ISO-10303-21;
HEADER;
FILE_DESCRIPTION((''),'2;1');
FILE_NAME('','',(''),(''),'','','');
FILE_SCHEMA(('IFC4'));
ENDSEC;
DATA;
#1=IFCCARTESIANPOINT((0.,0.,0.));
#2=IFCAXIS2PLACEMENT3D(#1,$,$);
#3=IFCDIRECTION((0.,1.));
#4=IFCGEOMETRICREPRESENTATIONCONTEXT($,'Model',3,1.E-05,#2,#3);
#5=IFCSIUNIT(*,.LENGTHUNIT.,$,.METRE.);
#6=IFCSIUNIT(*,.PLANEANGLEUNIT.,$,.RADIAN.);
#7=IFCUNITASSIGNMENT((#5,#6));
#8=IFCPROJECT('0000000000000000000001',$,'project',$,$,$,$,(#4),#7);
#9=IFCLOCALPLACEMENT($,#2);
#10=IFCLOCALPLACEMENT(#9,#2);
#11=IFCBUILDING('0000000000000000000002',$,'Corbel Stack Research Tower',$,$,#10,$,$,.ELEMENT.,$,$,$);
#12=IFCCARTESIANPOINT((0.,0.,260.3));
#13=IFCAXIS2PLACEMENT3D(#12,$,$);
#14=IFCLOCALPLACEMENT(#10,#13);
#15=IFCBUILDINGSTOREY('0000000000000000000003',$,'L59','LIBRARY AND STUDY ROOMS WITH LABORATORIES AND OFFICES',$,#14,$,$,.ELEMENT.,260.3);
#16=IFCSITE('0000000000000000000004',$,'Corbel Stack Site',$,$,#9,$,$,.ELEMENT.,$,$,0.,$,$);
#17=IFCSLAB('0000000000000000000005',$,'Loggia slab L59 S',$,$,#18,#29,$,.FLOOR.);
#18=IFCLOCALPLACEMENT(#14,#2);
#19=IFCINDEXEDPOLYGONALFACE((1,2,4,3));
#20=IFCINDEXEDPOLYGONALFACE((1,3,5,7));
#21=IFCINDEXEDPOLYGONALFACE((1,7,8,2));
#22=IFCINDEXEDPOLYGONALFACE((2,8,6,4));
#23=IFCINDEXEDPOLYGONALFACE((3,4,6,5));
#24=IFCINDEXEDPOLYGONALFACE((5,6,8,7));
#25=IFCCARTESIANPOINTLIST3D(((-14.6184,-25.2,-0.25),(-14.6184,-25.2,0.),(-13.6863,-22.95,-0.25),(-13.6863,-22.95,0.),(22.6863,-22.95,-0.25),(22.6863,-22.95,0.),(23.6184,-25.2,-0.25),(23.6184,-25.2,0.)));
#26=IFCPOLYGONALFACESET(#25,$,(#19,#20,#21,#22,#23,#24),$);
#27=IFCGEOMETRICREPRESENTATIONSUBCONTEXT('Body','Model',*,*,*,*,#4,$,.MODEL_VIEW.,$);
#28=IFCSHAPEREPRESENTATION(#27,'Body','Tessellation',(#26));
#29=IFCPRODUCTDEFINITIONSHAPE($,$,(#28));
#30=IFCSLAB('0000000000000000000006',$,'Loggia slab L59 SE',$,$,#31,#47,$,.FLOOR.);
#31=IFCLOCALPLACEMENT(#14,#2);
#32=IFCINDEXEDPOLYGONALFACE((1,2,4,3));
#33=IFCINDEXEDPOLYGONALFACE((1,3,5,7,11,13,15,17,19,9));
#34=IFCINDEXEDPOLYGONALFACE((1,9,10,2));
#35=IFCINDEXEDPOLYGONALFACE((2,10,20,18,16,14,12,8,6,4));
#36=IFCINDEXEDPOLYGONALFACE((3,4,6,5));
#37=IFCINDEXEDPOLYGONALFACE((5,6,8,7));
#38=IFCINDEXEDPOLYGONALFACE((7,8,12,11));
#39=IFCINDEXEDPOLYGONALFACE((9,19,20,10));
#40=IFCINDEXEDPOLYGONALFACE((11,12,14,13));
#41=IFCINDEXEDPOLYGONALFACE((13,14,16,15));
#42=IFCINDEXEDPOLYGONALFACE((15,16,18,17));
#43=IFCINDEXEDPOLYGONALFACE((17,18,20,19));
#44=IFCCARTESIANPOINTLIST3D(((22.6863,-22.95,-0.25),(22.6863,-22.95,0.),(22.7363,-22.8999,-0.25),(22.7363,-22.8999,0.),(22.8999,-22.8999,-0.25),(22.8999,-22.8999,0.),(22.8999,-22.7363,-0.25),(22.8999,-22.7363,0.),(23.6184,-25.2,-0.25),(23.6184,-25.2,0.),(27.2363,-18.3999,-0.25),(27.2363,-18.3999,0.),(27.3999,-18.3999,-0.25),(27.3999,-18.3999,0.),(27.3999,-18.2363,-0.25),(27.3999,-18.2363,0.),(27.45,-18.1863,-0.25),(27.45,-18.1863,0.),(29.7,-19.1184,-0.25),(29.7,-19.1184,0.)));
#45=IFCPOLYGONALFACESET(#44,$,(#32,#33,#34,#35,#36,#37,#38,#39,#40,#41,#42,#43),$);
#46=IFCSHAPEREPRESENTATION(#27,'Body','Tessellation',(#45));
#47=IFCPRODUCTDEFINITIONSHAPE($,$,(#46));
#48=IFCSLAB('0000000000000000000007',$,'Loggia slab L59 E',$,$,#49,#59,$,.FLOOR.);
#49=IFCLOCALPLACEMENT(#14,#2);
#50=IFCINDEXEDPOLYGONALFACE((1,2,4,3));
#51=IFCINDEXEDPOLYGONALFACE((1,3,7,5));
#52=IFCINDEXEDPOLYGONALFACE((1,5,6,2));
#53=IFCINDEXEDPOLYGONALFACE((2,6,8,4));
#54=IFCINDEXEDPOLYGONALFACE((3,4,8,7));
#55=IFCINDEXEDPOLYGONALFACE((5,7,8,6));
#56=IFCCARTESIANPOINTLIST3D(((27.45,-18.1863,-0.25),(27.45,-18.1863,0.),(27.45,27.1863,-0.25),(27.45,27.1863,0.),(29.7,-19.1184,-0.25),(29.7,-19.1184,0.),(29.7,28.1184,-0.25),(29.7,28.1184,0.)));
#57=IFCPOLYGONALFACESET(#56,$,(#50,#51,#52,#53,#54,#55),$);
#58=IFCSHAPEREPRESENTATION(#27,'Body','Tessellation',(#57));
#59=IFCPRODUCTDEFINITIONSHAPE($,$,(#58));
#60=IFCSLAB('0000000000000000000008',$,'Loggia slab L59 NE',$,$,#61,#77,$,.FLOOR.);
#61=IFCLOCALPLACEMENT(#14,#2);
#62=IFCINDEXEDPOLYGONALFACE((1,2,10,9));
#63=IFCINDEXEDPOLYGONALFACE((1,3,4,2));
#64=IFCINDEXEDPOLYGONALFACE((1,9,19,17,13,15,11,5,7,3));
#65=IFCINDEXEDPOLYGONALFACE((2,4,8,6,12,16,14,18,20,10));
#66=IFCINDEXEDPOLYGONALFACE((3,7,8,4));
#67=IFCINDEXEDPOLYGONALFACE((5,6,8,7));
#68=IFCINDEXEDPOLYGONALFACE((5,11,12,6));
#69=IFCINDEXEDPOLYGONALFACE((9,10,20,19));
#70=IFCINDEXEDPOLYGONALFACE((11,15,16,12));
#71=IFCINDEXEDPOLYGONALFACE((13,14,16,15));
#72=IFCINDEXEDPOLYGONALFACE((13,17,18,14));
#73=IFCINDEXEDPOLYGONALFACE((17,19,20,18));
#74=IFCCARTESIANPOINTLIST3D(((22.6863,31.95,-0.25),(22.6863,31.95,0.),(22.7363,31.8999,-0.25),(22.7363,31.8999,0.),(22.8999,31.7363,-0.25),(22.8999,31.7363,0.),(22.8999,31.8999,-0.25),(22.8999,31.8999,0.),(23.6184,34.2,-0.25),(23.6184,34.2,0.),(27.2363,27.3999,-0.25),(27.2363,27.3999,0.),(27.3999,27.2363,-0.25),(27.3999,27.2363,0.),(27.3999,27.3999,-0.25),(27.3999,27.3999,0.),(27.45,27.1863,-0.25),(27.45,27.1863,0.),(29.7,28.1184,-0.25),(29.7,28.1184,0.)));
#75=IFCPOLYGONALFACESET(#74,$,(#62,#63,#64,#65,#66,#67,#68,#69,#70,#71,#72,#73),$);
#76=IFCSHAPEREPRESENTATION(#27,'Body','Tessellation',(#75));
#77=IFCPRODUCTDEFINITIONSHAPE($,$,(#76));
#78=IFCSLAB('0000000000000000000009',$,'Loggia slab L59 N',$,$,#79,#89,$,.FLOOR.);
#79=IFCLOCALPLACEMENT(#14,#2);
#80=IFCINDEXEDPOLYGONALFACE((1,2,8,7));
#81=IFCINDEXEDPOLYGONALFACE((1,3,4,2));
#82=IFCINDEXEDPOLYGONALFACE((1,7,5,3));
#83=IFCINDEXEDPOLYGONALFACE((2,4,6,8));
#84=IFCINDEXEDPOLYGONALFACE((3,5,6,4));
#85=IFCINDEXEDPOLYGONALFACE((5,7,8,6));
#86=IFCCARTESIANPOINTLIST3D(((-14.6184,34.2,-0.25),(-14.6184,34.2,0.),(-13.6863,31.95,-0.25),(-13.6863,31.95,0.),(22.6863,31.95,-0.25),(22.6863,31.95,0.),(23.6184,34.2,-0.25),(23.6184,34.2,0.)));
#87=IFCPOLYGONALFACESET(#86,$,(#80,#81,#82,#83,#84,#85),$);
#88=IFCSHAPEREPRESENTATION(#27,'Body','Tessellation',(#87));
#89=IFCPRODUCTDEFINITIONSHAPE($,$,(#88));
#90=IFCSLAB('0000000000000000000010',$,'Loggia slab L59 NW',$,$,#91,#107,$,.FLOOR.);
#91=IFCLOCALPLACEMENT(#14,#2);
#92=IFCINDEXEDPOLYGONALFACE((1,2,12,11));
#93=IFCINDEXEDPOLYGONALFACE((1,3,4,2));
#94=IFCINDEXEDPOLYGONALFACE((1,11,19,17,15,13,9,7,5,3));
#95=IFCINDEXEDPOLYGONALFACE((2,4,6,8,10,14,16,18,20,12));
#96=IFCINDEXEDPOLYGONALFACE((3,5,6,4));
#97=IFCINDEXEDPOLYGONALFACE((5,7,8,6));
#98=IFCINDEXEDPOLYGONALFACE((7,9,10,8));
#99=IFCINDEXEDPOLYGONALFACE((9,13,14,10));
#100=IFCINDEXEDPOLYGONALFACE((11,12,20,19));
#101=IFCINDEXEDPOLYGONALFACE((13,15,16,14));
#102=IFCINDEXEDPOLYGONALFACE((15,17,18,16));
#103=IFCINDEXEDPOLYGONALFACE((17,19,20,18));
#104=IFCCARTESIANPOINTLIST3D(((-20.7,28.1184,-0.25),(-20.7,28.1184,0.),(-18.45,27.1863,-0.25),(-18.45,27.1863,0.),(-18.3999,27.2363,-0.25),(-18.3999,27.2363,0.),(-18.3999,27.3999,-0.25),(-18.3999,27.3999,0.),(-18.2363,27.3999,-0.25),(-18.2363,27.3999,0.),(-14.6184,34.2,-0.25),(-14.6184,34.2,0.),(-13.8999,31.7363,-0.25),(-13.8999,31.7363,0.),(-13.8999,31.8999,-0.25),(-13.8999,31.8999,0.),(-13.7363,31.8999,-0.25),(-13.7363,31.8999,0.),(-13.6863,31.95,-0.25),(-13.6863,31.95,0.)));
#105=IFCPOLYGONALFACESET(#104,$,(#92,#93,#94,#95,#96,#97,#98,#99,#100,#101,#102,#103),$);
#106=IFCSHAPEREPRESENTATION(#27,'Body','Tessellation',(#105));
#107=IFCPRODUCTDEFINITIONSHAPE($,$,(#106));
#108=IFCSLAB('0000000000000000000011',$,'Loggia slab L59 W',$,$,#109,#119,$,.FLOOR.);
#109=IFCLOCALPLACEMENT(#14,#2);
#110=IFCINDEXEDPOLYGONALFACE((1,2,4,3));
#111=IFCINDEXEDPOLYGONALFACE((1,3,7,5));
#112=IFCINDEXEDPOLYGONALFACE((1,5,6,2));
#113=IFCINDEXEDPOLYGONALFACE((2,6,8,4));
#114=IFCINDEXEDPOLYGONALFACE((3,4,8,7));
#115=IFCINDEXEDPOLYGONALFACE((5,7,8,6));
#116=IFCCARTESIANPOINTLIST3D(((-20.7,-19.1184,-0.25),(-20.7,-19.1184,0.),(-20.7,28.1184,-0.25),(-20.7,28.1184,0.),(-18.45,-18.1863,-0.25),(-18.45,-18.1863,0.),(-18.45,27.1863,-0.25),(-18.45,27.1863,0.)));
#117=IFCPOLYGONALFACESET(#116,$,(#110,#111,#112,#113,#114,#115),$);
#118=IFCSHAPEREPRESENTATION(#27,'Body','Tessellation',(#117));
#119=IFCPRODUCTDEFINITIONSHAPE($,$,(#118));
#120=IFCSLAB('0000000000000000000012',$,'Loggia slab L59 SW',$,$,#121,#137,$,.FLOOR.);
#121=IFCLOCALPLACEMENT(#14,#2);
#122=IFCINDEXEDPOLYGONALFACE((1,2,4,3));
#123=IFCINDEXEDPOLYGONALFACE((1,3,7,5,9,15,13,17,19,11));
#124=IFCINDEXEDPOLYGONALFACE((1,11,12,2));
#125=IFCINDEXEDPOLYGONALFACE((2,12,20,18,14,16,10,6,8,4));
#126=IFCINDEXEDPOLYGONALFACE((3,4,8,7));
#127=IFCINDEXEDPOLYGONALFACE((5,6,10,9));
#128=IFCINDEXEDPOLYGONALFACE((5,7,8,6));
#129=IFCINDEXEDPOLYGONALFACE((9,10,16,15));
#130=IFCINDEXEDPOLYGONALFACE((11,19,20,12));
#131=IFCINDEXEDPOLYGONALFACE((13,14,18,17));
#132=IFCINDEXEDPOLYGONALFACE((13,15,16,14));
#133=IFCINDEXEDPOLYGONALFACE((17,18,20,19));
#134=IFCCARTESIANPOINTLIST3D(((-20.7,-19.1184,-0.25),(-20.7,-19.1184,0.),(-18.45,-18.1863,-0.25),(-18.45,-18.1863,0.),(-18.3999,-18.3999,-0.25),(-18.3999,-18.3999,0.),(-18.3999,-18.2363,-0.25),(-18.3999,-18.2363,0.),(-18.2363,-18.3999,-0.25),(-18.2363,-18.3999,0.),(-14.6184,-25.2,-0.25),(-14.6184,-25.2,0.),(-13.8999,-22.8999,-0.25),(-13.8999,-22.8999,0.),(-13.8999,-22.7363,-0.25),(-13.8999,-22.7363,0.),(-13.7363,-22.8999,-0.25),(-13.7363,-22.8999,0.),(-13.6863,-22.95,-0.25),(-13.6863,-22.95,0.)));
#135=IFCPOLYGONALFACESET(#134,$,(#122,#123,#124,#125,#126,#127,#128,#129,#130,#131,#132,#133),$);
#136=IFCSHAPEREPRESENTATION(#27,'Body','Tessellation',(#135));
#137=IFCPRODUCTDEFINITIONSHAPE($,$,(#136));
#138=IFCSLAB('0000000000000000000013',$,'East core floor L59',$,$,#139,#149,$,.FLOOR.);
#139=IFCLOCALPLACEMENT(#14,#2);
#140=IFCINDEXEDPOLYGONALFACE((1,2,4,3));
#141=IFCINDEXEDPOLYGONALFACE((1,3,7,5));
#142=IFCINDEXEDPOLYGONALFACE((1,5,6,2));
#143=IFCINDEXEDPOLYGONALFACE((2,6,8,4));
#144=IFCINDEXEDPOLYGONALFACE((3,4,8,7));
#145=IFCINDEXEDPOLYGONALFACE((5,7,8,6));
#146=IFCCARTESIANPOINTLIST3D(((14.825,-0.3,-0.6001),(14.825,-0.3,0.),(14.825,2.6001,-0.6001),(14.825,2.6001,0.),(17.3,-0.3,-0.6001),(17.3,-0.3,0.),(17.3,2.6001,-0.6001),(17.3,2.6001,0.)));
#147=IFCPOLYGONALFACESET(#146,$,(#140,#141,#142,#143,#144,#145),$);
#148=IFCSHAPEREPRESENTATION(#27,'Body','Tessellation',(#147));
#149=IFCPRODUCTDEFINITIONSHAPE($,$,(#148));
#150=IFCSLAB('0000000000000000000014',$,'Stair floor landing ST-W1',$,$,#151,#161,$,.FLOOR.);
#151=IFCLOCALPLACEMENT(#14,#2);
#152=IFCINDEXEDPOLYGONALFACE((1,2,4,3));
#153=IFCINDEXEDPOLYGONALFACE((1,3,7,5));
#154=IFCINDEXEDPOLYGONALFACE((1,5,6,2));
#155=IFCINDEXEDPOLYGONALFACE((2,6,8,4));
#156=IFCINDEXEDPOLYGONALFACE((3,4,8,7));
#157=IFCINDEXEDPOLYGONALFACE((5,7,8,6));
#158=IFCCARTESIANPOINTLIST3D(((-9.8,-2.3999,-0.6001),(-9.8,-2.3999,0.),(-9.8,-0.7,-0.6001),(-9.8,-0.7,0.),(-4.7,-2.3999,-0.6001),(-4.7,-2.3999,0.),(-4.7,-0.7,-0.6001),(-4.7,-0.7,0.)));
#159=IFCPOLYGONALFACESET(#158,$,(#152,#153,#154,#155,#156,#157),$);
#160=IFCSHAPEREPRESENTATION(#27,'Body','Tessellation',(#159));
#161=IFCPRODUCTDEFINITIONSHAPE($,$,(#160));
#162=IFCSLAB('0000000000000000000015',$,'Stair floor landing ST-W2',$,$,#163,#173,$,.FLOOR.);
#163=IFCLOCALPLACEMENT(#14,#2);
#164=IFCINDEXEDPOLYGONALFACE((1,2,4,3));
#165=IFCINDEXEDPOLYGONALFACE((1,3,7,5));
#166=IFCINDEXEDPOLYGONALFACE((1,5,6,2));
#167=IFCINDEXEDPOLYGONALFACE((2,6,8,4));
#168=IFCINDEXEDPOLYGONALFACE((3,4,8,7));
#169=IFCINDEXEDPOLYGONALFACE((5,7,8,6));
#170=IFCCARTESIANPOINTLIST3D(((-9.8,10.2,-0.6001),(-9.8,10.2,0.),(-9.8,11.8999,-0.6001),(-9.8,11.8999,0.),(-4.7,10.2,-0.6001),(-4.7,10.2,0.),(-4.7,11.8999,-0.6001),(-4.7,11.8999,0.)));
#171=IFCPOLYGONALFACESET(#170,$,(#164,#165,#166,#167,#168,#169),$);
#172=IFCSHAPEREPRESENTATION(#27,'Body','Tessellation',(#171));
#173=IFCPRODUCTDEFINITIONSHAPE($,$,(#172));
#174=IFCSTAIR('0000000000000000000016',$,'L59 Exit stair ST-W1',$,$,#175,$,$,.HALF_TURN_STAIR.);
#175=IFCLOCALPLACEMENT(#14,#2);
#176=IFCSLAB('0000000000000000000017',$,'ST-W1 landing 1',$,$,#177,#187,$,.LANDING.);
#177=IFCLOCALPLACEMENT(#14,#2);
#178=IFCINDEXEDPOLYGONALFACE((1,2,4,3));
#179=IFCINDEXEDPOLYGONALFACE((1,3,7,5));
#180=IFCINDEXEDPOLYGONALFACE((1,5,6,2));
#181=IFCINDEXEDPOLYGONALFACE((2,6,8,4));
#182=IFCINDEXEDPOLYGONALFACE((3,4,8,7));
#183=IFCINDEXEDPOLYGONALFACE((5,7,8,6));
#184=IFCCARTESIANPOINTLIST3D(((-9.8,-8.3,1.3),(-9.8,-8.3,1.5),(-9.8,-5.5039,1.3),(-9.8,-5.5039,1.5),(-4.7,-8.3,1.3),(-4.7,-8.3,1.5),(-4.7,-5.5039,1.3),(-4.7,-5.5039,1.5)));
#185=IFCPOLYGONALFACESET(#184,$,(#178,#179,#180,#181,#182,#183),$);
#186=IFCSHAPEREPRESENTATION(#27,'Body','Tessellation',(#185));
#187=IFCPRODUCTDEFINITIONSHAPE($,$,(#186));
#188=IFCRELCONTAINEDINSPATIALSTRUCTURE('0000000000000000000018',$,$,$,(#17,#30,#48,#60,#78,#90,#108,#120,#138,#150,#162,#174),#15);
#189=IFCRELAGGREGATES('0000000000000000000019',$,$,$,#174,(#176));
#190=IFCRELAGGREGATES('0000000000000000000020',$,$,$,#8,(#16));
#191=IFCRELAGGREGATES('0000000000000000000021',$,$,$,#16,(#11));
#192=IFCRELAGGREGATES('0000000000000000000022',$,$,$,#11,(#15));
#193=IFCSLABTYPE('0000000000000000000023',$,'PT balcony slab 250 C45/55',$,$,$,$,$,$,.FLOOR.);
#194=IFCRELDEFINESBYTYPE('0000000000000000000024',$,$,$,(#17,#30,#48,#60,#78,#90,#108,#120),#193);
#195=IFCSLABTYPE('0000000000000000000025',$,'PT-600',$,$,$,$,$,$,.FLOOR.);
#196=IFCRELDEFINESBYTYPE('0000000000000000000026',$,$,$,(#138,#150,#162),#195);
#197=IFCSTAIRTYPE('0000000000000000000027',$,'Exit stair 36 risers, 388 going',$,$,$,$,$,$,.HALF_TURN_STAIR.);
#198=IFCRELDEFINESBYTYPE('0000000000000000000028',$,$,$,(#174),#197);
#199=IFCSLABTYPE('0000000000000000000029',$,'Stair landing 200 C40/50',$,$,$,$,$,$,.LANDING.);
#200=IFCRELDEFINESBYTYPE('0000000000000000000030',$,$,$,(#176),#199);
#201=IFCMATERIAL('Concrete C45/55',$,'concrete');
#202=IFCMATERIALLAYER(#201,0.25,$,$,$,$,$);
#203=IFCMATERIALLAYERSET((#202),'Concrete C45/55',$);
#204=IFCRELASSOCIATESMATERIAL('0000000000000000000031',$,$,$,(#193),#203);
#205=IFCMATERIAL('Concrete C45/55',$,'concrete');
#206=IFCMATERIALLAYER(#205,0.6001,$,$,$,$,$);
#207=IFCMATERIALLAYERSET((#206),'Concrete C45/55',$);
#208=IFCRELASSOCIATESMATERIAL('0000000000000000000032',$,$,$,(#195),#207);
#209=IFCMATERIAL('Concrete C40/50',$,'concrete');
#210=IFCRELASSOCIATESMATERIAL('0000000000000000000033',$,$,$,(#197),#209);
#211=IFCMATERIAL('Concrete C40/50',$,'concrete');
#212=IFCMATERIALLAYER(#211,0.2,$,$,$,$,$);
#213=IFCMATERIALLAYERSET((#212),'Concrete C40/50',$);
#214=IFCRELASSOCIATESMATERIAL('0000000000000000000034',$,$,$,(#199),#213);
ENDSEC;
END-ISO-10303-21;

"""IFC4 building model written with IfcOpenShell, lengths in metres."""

from ifc_helpers import new_model, si_unit, direction, frame, origin, place, context, subcontext, project, spatial, polyline, outline, extrude, material, layer, layer_set, type_object, element, aggregate, save


model = new_model("IFC4")

# Units and contexts
model_context = context("Model", 3, precision=1e-05, world=origin(), true_north=direction((0.0, 1.0)))
body_context = subcontext(model_context, "Body", "Model", "MODEL_VIEW")
ifc_project = project(units=[si_unit("LENGTHUNIT", "METRE"), si_unit("PLANEANGLEUNIT", "RADIAN")], contexts=[model_context])

# Site, building, storey
site_placement = place(None, origin())
site = spatial("IfcSite", under=ifc_project, at=site_placement, Name="Corbel Stack Site", CompositionType="ELEMENT", RefElevation=0.0)
building_placement = place(site_placement, origin())
building = spatial("IfcBuilding", under=site, at=building_placement, Name="Corbel Stack Research Tower", CompositionType="ELEMENT")
storey_placement = place(building_placement, frame((0.0, 0.0, 260.3)))
storey = spatial("IfcBuildingStorey", under=building, at=storey_placement, Name="L59", Description="LIBRARY AND STUDY ROOMS WITH LABORATORIES AND OFFICES", CompositionType="ELEMENT", Elevation=260.3)

# Slabs
ifc_material_1 = material(Name="Concrete C45/55", Category="concrete")
ifc_layer_1 = layer(ifc_material_1, 0.25)
ifc_layer_set_1 = layer_set([ifc_layer_1], Name="Concrete C45/55")
slab_type_1 = type_object("IfcSlabType", Name="PT balcony slab 250 C45/55", PredefinedType="FLOOR", material=ifc_layer_set_1)
slab_1_placement = place(storey_placement, frame((0.0, 0.0, -0.25)))
element("IfcSlab", 1, at=slab_1_placement, inside=storey, type_object=slab_type_1, Name="Loggia slab L59 S", PredefinedType="FLOOR", context=body_context, shape_type="SweptSolid", body=[
    extrude(outline(polyline([(22.6863, -22.95), (-13.6863, -22.95), (-14.6184, -25.2), (23.6184, -25.2), (22.6863, -22.95)])), origin(), (0.0, 0.0, 1.0), 0.25),
])
slab_2_placement = place(storey_placement, frame((0.0, 0.0, -0.25)))
element("IfcSlab", 2, at=slab_2_placement, inside=storey, type_object=slab_type_1, Name="Loggia slab L59 SE", PredefinedType="FLOOR", context=body_context, shape_type="SweptSolid", body=[
    extrude(outline(polyline([(27.45, -18.1863), (27.3999, -18.2363), (27.3999, -18.3999), (27.2363, -18.3999), (22.8999, -22.7363), (22.8999, -22.8999), (22.7363, -22.8999), (22.6863, -22.95), (23.6184, -25.2), (29.7, -19.1184), (27.45, -18.1863)])), origin(), (0.0, 0.0, 1.0), 0.25),
])
slab_3_placement = place(storey_placement, frame((0.0, 0.0, -0.25)))
element("IfcSlab", 3, at=slab_3_placement, inside=storey, type_object=slab_type_1, Name="Loggia slab L59 E", PredefinedType="FLOOR", context=body_context, shape_type="SweptSolid", body=[
    extrude(outline(polyline([(27.45, 27.1863), (27.45, -18.1863), (29.7, -19.1184), (29.7, 28.1184), (27.45, 27.1863)])), origin(), (0.0, 0.0, 1.0), 0.25),
])
slab_4_placement = place(storey_placement, frame((0.0, 0.0, -0.25)))
element("IfcSlab", 4, at=slab_4_placement, inside=storey, type_object=slab_type_1, Name="Loggia slab L59 NE", PredefinedType="FLOOR", context=body_context, shape_type="SweptSolid", body=[
    extrude(outline(polyline([(22.6863, 31.95), (22.7363, 31.8999), (22.8999, 31.8999), (22.8999, 31.7363), (27.2363, 27.3999), (27.3999, 27.3999), (27.3999, 27.2363), (27.45, 27.1863), (29.7, 28.1184), (23.6184, 34.2), (22.6863, 31.95)])), origin(), (0.0, 0.0, 1.0), 0.25),
])
slab_5_placement = place(storey_placement, frame((0.0, 0.0, -0.25)))
element("IfcSlab", 5, at=slab_5_placement, inside=storey, type_object=slab_type_1, Name="Loggia slab L59 N", PredefinedType="FLOOR", context=body_context, shape_type="SweptSolid", body=[
    extrude(outline(polyline([(-13.6863, 31.95), (22.6863, 31.95), (23.6184, 34.2), (-14.6184, 34.2), (-13.6863, 31.95)])), origin(), (0.0, 0.0, 1.0), 0.25),
])
slab_6_placement = place(storey_placement, frame((0.0, 0.0, -0.25)))
element("IfcSlab", 6, at=slab_6_placement, inside=storey, type_object=slab_type_1, Name="Loggia slab L59 NW", PredefinedType="FLOOR", context=body_context, shape_type="SweptSolid", body=[
    extrude(outline(polyline([(-18.45, 27.1863), (-18.3999, 27.2363), (-18.3999, 27.3999), (-18.2363, 27.3999), (-13.8999, 31.7363), (-13.8999, 31.8999), (-13.7363, 31.8999), (-13.6863, 31.95), (-14.6184, 34.2), (-20.7, 28.1184), (-18.45, 27.1863)])), origin(), (0.0, 0.0, 1.0), 0.25),
])
slab_7_placement = place(storey_placement, frame((0.0, 0.0, -0.25)))
element("IfcSlab", 7, at=slab_7_placement, inside=storey, type_object=slab_type_1, Name="Loggia slab L59 W", PredefinedType="FLOOR", context=body_context, shape_type="SweptSolid", body=[
    extrude(outline(polyline([(-18.45, -18.1863), (-18.45, 27.1863), (-20.7, 28.1184), (-20.7, -19.1184), (-18.45, -18.1863)])), origin(), (0.0, 0.0, 1.0), 0.25),
])
slab_8_placement = place(storey_placement, frame((0.0, 0.0, -0.25)))
element("IfcSlab", 8, at=slab_8_placement, inside=storey, type_object=slab_type_1, Name="Loggia slab L59 SW", PredefinedType="FLOOR", context=body_context, shape_type="SweptSolid", body=[
    extrude(outline(polyline([(-13.6863, -22.95), (-13.7363, -22.8999), (-13.8999, -22.8999), (-13.8999, -22.7363), (-18.2363, -18.3999), (-18.3999, -18.3999), (-18.3999, -18.2363), (-18.45, -18.1863), (-20.7, -19.1184), (-14.6184, -25.2), (-13.6863, -22.95)])), origin(), (0.0, 0.0, 1.0), 0.25),
])
ifc_material_2 = material(Name="Concrete C45/55", Category="concrete")
ifc_layer_2 = layer(ifc_material_2, 0.6001)
ifc_layer_set_2 = layer_set([ifc_layer_2], Name="Concrete C45/55")
slab_type_2 = type_object("IfcSlabType", Name="PT-600", PredefinedType="FLOOR", material=ifc_layer_set_2)
slab_9_placement = place(storey_placement, frame((0.0, 0.0, -0.6001)))
element("IfcSlab", 9, at=slab_9_placement, inside=storey, type_object=slab_type_2, Name="East core floor L59", PredefinedType="FLOOR", context=body_context, shape_type="SweptSolid", body=[
    extrude(outline(polyline([(14.825, 2.6001), (14.825, -0.3), (17.3, -0.3), (17.3, 2.6001), (14.825, 2.6001)])), origin(), (0.0, 0.0, 1.0), 0.6001),
])
slab_10_placement = place(storey_placement, frame((0.0, 0.0, -0.6001)))
element("IfcSlab", 10, at=slab_10_placement, inside=storey, type_object=slab_type_2, Name="Stair floor landing ST-W1", PredefinedType="FLOOR", context=body_context, shape_type="SweptSolid", body=[
    extrude(outline(polyline([(-9.8, -2.3999), (-4.7, -2.3999), (-4.7, -0.7), (-9.8, -0.7), (-9.8, -2.3999)])), origin(), (0.0, 0.0, 1.0), 0.6001),
])
slab_11_placement = place(storey_placement, frame((0.0, 0.0, -0.6001)))
element("IfcSlab", 11, at=slab_11_placement, inside=storey, type_object=slab_type_2, Name="Stair floor landing ST-W2", PredefinedType="FLOOR", context=body_context, shape_type="SweptSolid", body=[
    extrude(outline(polyline([(-9.8, 10.2), (-4.7, 10.2), (-4.7, 11.8999), (-9.8, 11.8999), (-9.8, 10.2)])), origin(), (0.0, 0.0, 1.0), 0.6001),
])

# Stair, slab
ifc_material_3 = material(Name="Concrete C40/50", Category="concrete")
stair_type = type_object("IfcStairType", Name="Exit stair 36 risers, 388 going", PredefinedType="HALF_TURN_STAIR", material=ifc_material_3)
stair_1_placement = place(storey_placement, origin())
stair_1 = element("IfcStair", 12, at=stair_1_placement, inside=storey, type_object=stair_type, Name="L59 Exit stair ST-W1", PredefinedType="HALF_TURN_STAIR")
ifc_material_4 = material(Name="Concrete C40/50", Category="concrete")
ifc_layer_3 = layer(ifc_material_4, 0.2)
ifc_layer_set_3 = layer_set([ifc_layer_3], Name="Concrete C40/50")
slab_type_3 = type_object("IfcSlabType", Name="Stair landing 200 C40/50", PredefinedType="LANDING", material=ifc_layer_set_3)
slab_12_placement = place(storey_placement, frame((0.0, 0.0, 1.3)))
slab_12 = element("IfcSlab", 13, at=slab_12_placement, type_object=slab_type_3, Name="ST-W1 landing 1", PredefinedType="LANDING", context=body_context, shape_type="SweptSolid", body=[
    extrude(outline(polyline([(-9.8, -8.3), (-9.8, -5.5039), (-4.7, -5.5039), (-4.7, -8.3), (-9.8, -8.3)])), origin(), (0.0, 0.0, 1.0), 0.2),
])
aggregate(stair_1, [slab_12])

save(model, "model.ifc")
